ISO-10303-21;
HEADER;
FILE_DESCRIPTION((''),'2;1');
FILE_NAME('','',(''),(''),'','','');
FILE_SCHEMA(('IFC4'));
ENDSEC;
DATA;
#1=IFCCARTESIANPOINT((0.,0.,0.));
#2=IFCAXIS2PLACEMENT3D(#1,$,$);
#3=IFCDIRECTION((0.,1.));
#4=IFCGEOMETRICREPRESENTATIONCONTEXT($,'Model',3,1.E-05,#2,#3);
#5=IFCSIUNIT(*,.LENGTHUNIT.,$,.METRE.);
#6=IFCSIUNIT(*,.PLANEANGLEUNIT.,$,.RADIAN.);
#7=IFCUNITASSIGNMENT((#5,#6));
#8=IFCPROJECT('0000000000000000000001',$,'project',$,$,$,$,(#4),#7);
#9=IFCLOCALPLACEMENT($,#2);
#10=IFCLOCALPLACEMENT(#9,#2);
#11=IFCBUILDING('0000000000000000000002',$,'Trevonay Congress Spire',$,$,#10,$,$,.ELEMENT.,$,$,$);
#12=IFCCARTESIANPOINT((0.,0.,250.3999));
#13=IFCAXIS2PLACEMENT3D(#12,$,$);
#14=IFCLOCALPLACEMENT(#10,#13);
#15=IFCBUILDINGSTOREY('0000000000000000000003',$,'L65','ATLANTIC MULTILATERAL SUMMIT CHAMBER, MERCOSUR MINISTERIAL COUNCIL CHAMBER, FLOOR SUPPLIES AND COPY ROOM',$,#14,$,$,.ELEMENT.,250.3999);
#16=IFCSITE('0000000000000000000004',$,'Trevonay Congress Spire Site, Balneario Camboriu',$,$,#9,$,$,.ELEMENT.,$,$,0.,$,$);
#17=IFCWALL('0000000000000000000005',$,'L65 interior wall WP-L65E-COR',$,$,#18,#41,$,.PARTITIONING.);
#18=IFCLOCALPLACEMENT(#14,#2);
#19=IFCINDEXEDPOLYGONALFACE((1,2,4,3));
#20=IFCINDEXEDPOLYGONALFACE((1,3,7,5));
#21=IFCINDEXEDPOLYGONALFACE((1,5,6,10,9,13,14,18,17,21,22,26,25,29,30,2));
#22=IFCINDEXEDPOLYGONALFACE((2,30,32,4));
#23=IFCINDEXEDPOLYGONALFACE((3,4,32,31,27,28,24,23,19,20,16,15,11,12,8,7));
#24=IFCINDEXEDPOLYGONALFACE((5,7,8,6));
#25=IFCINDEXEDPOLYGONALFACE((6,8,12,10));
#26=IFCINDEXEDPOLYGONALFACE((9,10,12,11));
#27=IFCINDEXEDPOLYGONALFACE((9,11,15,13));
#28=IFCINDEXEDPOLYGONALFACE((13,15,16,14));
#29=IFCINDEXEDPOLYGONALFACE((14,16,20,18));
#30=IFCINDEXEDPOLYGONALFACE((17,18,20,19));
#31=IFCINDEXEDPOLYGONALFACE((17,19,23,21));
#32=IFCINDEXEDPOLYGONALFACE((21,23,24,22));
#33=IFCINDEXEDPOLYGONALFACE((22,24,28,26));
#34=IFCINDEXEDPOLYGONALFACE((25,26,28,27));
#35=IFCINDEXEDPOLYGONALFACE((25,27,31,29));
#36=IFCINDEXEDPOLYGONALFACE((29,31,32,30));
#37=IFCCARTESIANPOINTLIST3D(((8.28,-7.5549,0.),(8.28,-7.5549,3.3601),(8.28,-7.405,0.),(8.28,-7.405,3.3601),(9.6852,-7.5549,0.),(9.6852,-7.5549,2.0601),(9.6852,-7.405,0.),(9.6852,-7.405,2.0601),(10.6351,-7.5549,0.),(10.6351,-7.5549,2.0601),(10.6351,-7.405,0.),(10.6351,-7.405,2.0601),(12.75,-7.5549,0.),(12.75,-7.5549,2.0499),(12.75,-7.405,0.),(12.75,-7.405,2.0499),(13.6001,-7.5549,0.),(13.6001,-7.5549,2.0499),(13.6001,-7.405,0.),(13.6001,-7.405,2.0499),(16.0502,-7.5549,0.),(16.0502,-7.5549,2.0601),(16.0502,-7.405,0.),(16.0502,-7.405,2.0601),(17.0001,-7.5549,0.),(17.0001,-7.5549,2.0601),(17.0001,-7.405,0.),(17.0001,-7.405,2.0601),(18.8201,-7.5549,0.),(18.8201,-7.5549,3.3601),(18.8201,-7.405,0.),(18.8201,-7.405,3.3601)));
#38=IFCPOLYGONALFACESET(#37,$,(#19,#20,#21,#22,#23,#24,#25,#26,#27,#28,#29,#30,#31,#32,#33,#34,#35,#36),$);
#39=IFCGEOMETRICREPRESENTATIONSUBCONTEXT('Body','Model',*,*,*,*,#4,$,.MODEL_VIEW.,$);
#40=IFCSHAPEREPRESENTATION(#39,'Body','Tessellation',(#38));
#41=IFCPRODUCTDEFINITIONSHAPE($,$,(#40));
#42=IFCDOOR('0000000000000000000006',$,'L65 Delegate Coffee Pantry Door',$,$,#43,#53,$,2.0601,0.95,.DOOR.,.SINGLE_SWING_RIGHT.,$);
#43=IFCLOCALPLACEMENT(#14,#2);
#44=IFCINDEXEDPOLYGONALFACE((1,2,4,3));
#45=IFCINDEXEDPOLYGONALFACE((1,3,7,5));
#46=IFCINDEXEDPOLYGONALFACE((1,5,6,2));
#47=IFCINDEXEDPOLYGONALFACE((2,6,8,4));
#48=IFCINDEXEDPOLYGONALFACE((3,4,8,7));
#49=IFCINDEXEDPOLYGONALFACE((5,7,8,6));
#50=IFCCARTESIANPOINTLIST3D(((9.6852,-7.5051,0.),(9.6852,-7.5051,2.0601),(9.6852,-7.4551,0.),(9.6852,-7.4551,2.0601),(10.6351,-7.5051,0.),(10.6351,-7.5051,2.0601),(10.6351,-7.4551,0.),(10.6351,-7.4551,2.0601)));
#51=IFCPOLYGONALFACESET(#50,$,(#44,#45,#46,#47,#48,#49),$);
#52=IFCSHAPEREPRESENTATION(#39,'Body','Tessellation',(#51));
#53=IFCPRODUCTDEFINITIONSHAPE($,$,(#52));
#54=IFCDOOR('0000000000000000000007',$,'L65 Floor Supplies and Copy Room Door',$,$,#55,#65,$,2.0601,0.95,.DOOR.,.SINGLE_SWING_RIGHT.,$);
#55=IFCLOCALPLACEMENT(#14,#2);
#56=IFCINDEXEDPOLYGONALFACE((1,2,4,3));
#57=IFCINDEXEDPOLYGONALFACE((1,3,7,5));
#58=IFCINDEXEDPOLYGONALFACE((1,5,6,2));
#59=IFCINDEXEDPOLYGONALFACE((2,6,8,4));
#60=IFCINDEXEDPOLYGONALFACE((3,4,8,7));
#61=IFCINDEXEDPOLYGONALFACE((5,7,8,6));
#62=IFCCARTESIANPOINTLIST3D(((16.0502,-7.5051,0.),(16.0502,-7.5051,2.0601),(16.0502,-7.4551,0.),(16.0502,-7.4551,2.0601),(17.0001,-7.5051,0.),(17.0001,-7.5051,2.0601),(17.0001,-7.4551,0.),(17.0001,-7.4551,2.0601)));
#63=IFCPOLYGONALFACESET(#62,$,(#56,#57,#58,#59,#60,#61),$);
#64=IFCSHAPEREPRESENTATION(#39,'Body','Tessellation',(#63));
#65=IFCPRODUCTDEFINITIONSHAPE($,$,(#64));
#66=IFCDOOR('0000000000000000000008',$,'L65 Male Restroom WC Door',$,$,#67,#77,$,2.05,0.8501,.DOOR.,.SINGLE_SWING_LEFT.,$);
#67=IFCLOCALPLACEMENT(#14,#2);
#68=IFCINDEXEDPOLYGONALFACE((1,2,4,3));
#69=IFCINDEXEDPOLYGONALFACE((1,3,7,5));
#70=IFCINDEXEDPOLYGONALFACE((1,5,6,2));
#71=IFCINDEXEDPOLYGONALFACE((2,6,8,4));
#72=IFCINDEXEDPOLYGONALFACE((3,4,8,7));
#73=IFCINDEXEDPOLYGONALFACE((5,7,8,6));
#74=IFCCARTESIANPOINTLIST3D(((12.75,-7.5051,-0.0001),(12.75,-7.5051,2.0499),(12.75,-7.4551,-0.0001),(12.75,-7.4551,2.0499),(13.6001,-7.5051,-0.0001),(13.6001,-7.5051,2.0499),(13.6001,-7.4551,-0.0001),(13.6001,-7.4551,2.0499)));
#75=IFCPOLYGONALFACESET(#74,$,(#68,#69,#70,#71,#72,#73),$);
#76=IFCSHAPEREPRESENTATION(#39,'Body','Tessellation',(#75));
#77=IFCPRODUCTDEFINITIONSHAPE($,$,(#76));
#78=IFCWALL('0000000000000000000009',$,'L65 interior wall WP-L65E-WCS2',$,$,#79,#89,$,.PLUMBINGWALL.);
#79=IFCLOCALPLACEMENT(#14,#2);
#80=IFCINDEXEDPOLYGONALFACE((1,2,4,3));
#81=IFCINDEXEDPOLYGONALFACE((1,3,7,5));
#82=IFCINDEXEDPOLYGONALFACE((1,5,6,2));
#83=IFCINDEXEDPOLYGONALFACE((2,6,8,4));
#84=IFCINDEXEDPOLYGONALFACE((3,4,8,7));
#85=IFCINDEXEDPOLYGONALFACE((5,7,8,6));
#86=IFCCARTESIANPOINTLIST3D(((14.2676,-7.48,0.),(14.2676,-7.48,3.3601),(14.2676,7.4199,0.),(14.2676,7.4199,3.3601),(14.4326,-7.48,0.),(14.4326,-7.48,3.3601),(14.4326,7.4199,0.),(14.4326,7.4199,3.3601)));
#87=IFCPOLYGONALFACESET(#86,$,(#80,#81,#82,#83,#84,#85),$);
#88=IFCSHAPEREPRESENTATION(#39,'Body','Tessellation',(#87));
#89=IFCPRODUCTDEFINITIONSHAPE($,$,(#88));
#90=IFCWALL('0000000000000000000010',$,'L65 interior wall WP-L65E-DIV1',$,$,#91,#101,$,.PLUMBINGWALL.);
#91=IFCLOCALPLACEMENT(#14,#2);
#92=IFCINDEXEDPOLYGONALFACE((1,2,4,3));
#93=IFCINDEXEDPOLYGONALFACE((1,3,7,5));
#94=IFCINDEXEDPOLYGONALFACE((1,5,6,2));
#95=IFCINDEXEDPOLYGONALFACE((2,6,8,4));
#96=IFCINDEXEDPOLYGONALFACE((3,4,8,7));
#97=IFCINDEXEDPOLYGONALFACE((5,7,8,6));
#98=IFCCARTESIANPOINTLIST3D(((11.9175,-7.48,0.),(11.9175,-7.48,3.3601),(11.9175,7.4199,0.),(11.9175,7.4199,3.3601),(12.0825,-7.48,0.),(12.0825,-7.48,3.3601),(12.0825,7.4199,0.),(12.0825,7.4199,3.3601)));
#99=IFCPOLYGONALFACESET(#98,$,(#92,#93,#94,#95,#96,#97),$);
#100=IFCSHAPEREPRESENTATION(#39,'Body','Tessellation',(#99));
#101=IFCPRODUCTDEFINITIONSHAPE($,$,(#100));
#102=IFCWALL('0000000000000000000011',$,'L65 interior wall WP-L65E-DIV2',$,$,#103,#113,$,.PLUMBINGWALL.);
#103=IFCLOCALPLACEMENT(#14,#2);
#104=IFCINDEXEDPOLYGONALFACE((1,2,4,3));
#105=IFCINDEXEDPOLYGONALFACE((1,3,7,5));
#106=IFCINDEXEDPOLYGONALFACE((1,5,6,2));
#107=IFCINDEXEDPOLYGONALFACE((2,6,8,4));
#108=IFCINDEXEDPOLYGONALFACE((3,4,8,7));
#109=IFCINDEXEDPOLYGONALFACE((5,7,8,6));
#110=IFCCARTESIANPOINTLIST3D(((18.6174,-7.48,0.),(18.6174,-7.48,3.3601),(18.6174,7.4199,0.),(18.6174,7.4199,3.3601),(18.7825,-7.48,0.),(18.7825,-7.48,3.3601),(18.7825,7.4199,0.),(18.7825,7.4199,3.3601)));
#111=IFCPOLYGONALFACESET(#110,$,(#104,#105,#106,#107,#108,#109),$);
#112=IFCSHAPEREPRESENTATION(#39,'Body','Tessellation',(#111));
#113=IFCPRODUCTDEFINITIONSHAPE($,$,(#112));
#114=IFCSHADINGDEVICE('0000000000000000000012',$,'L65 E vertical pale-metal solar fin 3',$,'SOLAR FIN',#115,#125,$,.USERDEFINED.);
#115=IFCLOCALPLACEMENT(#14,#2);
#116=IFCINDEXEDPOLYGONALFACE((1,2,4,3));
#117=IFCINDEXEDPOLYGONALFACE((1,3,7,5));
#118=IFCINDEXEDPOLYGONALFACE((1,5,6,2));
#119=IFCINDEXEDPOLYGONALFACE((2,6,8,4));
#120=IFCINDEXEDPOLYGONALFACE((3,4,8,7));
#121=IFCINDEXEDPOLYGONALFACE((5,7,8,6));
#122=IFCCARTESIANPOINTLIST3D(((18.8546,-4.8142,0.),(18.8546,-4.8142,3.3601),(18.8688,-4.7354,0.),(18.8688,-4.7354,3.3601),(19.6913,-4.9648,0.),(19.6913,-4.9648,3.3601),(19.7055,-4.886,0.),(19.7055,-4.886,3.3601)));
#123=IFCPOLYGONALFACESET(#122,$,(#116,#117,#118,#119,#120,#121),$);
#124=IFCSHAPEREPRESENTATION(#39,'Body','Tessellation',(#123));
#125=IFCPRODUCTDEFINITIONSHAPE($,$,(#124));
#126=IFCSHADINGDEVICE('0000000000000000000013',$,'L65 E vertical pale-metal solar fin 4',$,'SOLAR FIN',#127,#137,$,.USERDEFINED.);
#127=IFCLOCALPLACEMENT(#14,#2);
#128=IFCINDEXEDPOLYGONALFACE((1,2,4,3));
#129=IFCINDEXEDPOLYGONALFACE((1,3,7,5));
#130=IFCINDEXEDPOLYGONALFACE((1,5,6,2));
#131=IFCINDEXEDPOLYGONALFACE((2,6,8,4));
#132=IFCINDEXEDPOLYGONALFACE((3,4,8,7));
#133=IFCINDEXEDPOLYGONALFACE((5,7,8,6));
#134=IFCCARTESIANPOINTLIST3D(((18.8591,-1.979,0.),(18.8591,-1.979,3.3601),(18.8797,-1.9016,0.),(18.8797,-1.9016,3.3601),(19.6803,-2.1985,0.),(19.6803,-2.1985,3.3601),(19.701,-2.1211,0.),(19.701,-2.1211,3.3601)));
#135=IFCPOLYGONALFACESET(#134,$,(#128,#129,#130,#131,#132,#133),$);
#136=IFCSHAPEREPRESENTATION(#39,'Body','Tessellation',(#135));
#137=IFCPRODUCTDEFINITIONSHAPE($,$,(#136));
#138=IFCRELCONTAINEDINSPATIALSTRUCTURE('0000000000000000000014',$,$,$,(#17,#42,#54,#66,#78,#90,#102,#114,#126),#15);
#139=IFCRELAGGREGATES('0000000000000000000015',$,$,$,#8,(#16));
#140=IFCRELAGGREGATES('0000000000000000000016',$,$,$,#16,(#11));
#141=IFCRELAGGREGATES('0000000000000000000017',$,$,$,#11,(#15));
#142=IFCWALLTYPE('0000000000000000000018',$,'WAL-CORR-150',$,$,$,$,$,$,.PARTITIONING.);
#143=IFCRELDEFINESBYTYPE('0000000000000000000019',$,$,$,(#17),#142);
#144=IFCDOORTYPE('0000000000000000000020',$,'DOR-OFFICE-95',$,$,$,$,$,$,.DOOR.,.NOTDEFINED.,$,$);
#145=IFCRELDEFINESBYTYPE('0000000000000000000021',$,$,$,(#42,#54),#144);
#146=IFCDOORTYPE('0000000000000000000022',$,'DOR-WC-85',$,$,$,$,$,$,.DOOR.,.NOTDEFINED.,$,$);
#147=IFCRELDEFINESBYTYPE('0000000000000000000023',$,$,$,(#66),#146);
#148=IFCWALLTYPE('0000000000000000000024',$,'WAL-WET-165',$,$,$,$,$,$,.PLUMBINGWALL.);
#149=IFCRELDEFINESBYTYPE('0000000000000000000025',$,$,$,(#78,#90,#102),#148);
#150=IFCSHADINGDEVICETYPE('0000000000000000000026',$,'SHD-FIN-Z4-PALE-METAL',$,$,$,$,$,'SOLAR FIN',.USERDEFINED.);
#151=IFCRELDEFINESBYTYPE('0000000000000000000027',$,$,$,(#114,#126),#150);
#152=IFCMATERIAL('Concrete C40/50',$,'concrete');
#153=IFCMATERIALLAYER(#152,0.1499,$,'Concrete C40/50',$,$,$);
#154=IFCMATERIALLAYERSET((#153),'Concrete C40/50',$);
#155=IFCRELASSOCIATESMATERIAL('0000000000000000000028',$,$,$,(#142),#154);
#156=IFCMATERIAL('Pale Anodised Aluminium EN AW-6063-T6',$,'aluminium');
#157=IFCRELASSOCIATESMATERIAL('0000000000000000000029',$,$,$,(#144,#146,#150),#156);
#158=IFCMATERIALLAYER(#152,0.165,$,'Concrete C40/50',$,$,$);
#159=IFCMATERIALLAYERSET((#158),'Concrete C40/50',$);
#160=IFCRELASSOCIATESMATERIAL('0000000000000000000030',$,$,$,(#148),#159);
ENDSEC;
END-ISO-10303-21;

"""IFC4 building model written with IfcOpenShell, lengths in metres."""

from ifc_helpers import new_model, si_unit, direction, frame, frame_2d, origin, origin_2d, place, context, subcontext, project, spatial, rectangle, extrude, material, layer, layer_set, type_object, element, fill, save


model = new_model("IFC4")

# Units and contexts
model_context = context("Model", 3, precision=1e-05, world=origin(), true_north=direction((0.0, 1.0)))
body_context = subcontext(model_context, "Body", "Model", "MODEL_VIEW")
ifc_project = project(units=[si_unit("LENGTHUNIT", "METRE"), si_unit("PLANEANGLEUNIT", "RADIAN")], contexts=[model_context])

# Site, building, storey
site_placement = place(None, origin())
site = spatial("IfcSite", under=ifc_project, at=site_placement, Name="Trevonay Congress Spire Site, Balneario Camboriu", CompositionType="ELEMENT", RefElevation=0.0)
building_placement = place(site_placement, origin())
building = spatial("IfcBuilding", under=site, at=building_placement, Name="Trevonay Congress Spire", CompositionType="ELEMENT")
storey_placement = place(building_placement, frame((0.0, 0.0, 250.3999)))
storey = spatial("IfcBuildingStorey", under=building, at=storey_placement, Name="L65", Description="ATLANTIC MULTILATERAL SUMMIT CHAMBER, MERCOSUR MINISTERIAL COUNCIL CHAMBER, FLOOR SUPPLIES AND COPY ROOM", CompositionType="ELEMENT", Elevation=250.3999)

# Shared definitions
ifc_material_1 = material(Name="Pale Anodised Aluminium EN AW-6063-T6", Category="aluminium")

# Shared definitions
ifc_material_2 = material(Name="Concrete C40/50", Category="concrete")
ifc_layer_1 = layer(ifc_material_2, 0.1499, Name="Concrete C40/50")
ifc_layer_set_1 = layer_set([ifc_layer_1], Name="Concrete C40/50")
wall_type_1 = type_object("IfcWallType", Name="WAL-CORR-150", PredefinedType="PARTITIONING", material=ifc_layer_set_1)

# Wall, openings, doors
wall_1_placement = place(storey_placement, frame((8.28, -7.48, 0.0), z_axis=(0.0, 0.0, 1.0), x_axis=(1.0, 0.0, 0.0)))
wall_1 = element("IfcWall", 1, at=wall_1_placement, inside=storey, type_object=wall_type_1, Name="L65 interior wall WP-L65E-COR", PredefinedType="PARTITIONING", context=body_context, shape_type="SweptSolid", body=[
    extrude(rectangle(XDim=10.54, YDim=0.1499, at=frame_2d((5.27, 0.0))), origin(), (0.0, 0.0, 1.0), 3.3601),
])
opening_1_placement = place(wall_1_placement, frame((1.405, 0.0, 0.0)))
opening_1 = element("IfcOpeningElement", 2, at=opening_1_placement, cuts=wall_1, PredefinedType="OPENING", context=body_context, shape_type="SweptSolid", body=[
    extrude(rectangle(XDim=0.95, YDim=2.0601, at=frame_2d((0.4751, 1.03))), frame((0.0, 0.085, 0.0), z_axis=(0.0, -1.0, 0.0), x_axis=(1.0, 0.0, 0.0)), (0.0, 0.0, 1.0), 0.1699),
])
opening_2_placement = place(wall_1_placement, frame((4.47, 0.0, 0.0)))
opening_2 = element("IfcOpeningElement", 3, at=opening_2_placement, cuts=wall_1, PredefinedType="OPENING", context=body_context, shape_type="SweptSolid", body=[
    extrude(rectangle(XDim=0.8501, YDim=2.05, at=frame_2d((0.425, 1.0249))), frame((0.0, 0.085, 0.0), z_axis=(0.0, -1.0, 0.0), x_axis=(1.0, 0.0, 0.0)), (0.0, 0.0, 1.0), 0.1699),
])
opening_3_placement = place(wall_1_placement, frame((7.77, 0.0, 0.0)))
opening_3 = element("IfcOpeningElement", 4, at=opening_3_placement, cuts=wall_1, PredefinedType="OPENING", context=body_context, shape_type="SweptSolid", body=[
    extrude(rectangle(XDim=0.95, YDim=2.0601, at=frame_2d((0.4751, 1.03))), frame((0.0, 0.085, 0.0), z_axis=(0.0, -1.0, 0.0), x_axis=(1.0, 0.0, 0.0)), (0.0, 0.0, 1.0), 0.1699),
])
door_type_1 = type_object("IfcDoorType", Name="DOR-OFFICE-95", OperationType="NOTDEFINED", PredefinedType="DOOR", material=ifc_material_1)
door_1_placement = place(opening_1_placement, origin())
door_1 = element("IfcDoor", 5, at=door_1_placement, inside=storey, type_object=door_type_1, Name="L65 Delegate Coffee Pantry Door", OperationType="SINGLE_SWING_RIGHT", OverallHeight=2.0601, OverallWidth=0.95, PredefinedType="DOOR", context=body_context, shape_type="SweptSolid", body=[
    extrude(rectangle(XDim=0.95, YDim=2.0601, at=frame_2d((0.4751, 1.03))), frame((0.0, 0.0249, 0.0), z_axis=(0.0, -1.0, 0.0), x_axis=(1.0, 0.0, 0.0)), (0.0, 0.0, 1.0), 0.05),
])
fill(opening_1, door_1)
door_2_placement = place(opening_3_placement, origin())
door_2 = element("IfcDoor", 6, at=door_2_placement, inside=storey, type_object=door_type_1, Name="L65 Floor Supplies and Copy Room Door", OperationType="SINGLE_SWING_RIGHT", OverallHeight=2.0601, OverallWidth=0.95, PredefinedType="DOOR", context=body_context, shape_type="SweptSolid", body=[
    extrude(rectangle(XDim=0.95, YDim=2.0601, at=frame_2d((0.4751, 1.03))), frame((0.0, 0.0249, 0.0), z_axis=(0.0, -1.0, 0.0), x_axis=(1.0, 0.0, 0.0)), (0.0, 0.0, 1.0), 0.05),
])
fill(opening_3, door_2)
door_type_2 = type_object("IfcDoorType", Name="DOR-WC-85", OperationType="NOTDEFINED", PredefinedType="DOOR", material=ifc_material_1)
door_3_placement = place(opening_2_placement, origin())
door_3 = element("IfcDoor", 7, at=door_3_placement, inside=storey, type_object=door_type_2, Name="L65 Male Restroom WC Door", OperationType="SINGLE_SWING_LEFT", OverallHeight=2.05, OverallWidth=0.8501, PredefinedType="DOOR", context=body_context, shape_type="SweptSolid", body=[
    extrude(rectangle(XDim=0.8501, YDim=2.05, at=frame_2d((0.425, 1.0249))), frame((0.0, 0.0249, 0.0), z_axis=(0.0, -1.0, 0.0), x_axis=(1.0, 0.0, 0.0)), (0.0, 0.0, 1.0), 0.05),
])
fill(opening_2, door_3)

# Walls
ifc_layer_2 = layer(ifc_material_2, 0.165, Name="Concrete C40/50")
ifc_layer_set_2 = layer_set([ifc_layer_2], Name="Concrete C40/50")
wall_type_2 = type_object("IfcWallType", Name="WAL-WET-165", PredefinedType="PLUMBINGWALL", material=ifc_layer_set_2)
for number, where, z_axis, x_axis, name in (
    (8, (14.3501, -7.48, 0.0), (0.0, 0.0, 1.0), (0.0, 1.0, 0.0), "L65 interior wall WP-L65E-WCS2"),
    (9, (12.0, -7.48, 0.0), (0.0, 0.0, 1.0), (0.0, 1.0, 0.0), "L65 interior wall WP-L65E-DIV1"),
    (10, (18.7, -7.48, 0.0), (0.0, 0.0, 1.0), (0.0, 1.0, 0.0), "L65 interior wall WP-L65E-DIV2"),
):
    element("IfcWall", number, at=place(storey_placement, frame(where, z_axis=z_axis, x_axis=x_axis)), inside=storey, type_object=wall_type_2, Name=name, PredefinedType="PLUMBINGWALL", context=body_context, shape_type="SweptSolid", body=[
        extrude(rectangle(XDim=14.8999, YDim=0.165, at=frame_2d((7.45, 0.0))), origin(), (0.0, 0.0, 1.0), 3.3601),
    ])

# Shading devices
shading_device_type = type_object("IfcShadingDeviceType", Name="SHD-FIN-Z4-PALE-METAL", ElementType="SOLAR FIN", PredefinedType="USERDEFINED", material=ifc_material_1)
for number, where, z_axis, x_axis, name in (
    (11, (19.28, -4.8501, 0.0), (0.0, 0.0, 1.0), (0.177085, 0.984196, 0.0), "L65 E vertical pale-metal solar fin 3"),
    (12, (19.28, -2.05, 0.0), (0.0, 0.0, 1.0), (0.258145, 0.966106, 0.0), "L65 E vertical pale-metal solar fin 4"),
):
    element("IfcShadingDevice", number, at=place(storey_placement, frame(where, z_axis=z_axis, x_axis=x_axis)), inside=storey, type_object=shading_device_type, Name=name, ObjectType="SOLAR FIN", PredefinedType="USERDEFINED", context=body_context, shape_type="SweptSolid", body=[
        extrude(rectangle(XDim=0.0801, YDim=0.8501, at=origin_2d()), origin(), (0.0, 0.0, 1.0), 3.3601),
    ])

save(model, "model.ifc")
